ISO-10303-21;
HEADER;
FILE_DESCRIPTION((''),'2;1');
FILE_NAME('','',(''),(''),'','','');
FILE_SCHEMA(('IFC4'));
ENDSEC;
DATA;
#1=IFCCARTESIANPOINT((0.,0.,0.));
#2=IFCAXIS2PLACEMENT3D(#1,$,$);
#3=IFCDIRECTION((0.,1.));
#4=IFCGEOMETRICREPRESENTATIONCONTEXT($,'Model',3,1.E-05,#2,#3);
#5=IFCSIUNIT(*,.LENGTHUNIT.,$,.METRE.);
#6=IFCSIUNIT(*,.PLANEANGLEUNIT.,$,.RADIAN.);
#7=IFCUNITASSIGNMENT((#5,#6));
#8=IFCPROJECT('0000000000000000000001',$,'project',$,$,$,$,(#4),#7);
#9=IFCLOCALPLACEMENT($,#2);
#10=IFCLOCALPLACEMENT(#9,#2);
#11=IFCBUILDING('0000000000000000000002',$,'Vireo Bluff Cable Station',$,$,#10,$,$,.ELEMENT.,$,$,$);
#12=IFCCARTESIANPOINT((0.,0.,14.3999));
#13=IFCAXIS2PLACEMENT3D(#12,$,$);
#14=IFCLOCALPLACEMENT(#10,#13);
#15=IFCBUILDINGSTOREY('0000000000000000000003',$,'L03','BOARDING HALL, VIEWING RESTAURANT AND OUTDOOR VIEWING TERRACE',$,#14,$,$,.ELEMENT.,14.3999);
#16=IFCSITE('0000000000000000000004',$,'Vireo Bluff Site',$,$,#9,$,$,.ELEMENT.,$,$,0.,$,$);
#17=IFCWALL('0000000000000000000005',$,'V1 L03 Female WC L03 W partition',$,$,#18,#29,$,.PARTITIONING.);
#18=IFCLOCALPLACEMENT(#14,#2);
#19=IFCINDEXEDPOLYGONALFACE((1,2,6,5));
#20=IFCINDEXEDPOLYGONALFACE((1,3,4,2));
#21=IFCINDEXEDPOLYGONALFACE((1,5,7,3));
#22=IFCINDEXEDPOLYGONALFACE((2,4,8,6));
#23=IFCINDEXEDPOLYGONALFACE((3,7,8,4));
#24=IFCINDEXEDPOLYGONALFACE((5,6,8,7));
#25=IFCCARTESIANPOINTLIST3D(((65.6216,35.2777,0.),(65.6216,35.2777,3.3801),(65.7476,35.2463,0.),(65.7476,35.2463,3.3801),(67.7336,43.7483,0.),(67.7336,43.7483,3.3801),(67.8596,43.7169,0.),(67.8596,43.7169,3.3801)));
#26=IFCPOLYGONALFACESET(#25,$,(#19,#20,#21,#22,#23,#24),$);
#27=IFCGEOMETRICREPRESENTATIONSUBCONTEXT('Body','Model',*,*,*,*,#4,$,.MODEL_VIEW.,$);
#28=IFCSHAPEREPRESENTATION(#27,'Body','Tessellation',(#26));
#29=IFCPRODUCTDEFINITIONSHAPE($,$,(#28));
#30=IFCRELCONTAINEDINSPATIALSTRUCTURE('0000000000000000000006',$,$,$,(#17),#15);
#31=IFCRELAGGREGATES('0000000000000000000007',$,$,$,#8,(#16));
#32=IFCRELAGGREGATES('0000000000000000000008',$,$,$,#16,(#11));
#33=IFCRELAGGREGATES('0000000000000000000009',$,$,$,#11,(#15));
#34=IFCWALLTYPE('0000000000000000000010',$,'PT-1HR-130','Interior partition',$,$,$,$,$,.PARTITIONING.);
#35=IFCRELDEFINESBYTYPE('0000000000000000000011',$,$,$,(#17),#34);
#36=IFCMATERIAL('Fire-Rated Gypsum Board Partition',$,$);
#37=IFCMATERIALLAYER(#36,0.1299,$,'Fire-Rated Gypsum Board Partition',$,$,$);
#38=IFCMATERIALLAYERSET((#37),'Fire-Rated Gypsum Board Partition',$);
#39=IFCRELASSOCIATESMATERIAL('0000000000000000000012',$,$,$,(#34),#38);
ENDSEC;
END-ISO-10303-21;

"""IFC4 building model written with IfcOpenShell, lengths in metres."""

from ifc_helpers import new_model, si_unit, direction, frame, frame_2d, origin, place, context, subcontext, project, spatial, rectangle, extrude, material, layer, layer_set, type_object, element, save


model = new_model("IFC4")

# Units and contexts
model_context = context("Model", 3, precision=1e-05, world=origin(), true_north=direction((0.0, 1.0)))
body_context = subcontext(model_context, "Body", "Model", "MODEL_VIEW")
ifc_project = project(units=[si_unit("LENGTHUNIT", "METRE"), si_unit("PLANEANGLEUNIT", "RADIAN")], contexts=[model_context])

# Site, building, storey
site_placement = place(None, origin())
site = spatial("IfcSite", under=ifc_project, at=site_placement, Name="Vireo Bluff Site", CompositionType="ELEMENT", RefElevation=0.0)
building_placement = place(site_placement, origin())
building = spatial("IfcBuilding", under=site, at=building_placement, Name="Vireo Bluff Cable Station", CompositionType="ELEMENT")
storey_placement = place(building_placement, frame((0.0, 0.0, 14.3999)))
storey = spatial("IfcBuildingStorey", under=building, at=storey_placement, Name="L03", Description="BOARDING HALL, VIEWING RESTAURANT AND OUTDOOR VIEWING TERRACE", CompositionType="ELEMENT", Elevation=14.3999)

# Wall
ifc_material_1 = material(Name="Fire-Rated Gypsum Board Partition")
ifc_layer_1 = layer(ifc_material_1, 0.1299, Name="Fire-Rated Gypsum Board Partition")
ifc_layer_set_1 = layer_set([ifc_layer_1], Name="Fire-Rated Gypsum Board Partition")
wall_type_1 = type_object("IfcWallType", Name="PT-1HR-130", Description="Interior partition", PredefinedType="PARTITIONING", material=ifc_layer_set_1)
wall_1_placement = place(storey_placement, frame((65.6846, 35.262, 0.0), z_axis=(0.0, 0.0, 1.0), x_axis=(0.24193, 0.970294, 0.0)))
element("IfcWall", 1, at=wall_1_placement, inside=storey, type_object=wall_type_1, Name="V1 L03 Female WC L03 W partition", PredefinedType="PARTITIONING", context=body_context, shape_type="SweptSolid", body=[
    extrude(rectangle(XDim=8.73, YDim=0.1299, at=frame_2d((4.365, 0.0))), origin(), (0.0, 0.0, 1.0), 3.3801),
])

save(model, "model.ifc")
